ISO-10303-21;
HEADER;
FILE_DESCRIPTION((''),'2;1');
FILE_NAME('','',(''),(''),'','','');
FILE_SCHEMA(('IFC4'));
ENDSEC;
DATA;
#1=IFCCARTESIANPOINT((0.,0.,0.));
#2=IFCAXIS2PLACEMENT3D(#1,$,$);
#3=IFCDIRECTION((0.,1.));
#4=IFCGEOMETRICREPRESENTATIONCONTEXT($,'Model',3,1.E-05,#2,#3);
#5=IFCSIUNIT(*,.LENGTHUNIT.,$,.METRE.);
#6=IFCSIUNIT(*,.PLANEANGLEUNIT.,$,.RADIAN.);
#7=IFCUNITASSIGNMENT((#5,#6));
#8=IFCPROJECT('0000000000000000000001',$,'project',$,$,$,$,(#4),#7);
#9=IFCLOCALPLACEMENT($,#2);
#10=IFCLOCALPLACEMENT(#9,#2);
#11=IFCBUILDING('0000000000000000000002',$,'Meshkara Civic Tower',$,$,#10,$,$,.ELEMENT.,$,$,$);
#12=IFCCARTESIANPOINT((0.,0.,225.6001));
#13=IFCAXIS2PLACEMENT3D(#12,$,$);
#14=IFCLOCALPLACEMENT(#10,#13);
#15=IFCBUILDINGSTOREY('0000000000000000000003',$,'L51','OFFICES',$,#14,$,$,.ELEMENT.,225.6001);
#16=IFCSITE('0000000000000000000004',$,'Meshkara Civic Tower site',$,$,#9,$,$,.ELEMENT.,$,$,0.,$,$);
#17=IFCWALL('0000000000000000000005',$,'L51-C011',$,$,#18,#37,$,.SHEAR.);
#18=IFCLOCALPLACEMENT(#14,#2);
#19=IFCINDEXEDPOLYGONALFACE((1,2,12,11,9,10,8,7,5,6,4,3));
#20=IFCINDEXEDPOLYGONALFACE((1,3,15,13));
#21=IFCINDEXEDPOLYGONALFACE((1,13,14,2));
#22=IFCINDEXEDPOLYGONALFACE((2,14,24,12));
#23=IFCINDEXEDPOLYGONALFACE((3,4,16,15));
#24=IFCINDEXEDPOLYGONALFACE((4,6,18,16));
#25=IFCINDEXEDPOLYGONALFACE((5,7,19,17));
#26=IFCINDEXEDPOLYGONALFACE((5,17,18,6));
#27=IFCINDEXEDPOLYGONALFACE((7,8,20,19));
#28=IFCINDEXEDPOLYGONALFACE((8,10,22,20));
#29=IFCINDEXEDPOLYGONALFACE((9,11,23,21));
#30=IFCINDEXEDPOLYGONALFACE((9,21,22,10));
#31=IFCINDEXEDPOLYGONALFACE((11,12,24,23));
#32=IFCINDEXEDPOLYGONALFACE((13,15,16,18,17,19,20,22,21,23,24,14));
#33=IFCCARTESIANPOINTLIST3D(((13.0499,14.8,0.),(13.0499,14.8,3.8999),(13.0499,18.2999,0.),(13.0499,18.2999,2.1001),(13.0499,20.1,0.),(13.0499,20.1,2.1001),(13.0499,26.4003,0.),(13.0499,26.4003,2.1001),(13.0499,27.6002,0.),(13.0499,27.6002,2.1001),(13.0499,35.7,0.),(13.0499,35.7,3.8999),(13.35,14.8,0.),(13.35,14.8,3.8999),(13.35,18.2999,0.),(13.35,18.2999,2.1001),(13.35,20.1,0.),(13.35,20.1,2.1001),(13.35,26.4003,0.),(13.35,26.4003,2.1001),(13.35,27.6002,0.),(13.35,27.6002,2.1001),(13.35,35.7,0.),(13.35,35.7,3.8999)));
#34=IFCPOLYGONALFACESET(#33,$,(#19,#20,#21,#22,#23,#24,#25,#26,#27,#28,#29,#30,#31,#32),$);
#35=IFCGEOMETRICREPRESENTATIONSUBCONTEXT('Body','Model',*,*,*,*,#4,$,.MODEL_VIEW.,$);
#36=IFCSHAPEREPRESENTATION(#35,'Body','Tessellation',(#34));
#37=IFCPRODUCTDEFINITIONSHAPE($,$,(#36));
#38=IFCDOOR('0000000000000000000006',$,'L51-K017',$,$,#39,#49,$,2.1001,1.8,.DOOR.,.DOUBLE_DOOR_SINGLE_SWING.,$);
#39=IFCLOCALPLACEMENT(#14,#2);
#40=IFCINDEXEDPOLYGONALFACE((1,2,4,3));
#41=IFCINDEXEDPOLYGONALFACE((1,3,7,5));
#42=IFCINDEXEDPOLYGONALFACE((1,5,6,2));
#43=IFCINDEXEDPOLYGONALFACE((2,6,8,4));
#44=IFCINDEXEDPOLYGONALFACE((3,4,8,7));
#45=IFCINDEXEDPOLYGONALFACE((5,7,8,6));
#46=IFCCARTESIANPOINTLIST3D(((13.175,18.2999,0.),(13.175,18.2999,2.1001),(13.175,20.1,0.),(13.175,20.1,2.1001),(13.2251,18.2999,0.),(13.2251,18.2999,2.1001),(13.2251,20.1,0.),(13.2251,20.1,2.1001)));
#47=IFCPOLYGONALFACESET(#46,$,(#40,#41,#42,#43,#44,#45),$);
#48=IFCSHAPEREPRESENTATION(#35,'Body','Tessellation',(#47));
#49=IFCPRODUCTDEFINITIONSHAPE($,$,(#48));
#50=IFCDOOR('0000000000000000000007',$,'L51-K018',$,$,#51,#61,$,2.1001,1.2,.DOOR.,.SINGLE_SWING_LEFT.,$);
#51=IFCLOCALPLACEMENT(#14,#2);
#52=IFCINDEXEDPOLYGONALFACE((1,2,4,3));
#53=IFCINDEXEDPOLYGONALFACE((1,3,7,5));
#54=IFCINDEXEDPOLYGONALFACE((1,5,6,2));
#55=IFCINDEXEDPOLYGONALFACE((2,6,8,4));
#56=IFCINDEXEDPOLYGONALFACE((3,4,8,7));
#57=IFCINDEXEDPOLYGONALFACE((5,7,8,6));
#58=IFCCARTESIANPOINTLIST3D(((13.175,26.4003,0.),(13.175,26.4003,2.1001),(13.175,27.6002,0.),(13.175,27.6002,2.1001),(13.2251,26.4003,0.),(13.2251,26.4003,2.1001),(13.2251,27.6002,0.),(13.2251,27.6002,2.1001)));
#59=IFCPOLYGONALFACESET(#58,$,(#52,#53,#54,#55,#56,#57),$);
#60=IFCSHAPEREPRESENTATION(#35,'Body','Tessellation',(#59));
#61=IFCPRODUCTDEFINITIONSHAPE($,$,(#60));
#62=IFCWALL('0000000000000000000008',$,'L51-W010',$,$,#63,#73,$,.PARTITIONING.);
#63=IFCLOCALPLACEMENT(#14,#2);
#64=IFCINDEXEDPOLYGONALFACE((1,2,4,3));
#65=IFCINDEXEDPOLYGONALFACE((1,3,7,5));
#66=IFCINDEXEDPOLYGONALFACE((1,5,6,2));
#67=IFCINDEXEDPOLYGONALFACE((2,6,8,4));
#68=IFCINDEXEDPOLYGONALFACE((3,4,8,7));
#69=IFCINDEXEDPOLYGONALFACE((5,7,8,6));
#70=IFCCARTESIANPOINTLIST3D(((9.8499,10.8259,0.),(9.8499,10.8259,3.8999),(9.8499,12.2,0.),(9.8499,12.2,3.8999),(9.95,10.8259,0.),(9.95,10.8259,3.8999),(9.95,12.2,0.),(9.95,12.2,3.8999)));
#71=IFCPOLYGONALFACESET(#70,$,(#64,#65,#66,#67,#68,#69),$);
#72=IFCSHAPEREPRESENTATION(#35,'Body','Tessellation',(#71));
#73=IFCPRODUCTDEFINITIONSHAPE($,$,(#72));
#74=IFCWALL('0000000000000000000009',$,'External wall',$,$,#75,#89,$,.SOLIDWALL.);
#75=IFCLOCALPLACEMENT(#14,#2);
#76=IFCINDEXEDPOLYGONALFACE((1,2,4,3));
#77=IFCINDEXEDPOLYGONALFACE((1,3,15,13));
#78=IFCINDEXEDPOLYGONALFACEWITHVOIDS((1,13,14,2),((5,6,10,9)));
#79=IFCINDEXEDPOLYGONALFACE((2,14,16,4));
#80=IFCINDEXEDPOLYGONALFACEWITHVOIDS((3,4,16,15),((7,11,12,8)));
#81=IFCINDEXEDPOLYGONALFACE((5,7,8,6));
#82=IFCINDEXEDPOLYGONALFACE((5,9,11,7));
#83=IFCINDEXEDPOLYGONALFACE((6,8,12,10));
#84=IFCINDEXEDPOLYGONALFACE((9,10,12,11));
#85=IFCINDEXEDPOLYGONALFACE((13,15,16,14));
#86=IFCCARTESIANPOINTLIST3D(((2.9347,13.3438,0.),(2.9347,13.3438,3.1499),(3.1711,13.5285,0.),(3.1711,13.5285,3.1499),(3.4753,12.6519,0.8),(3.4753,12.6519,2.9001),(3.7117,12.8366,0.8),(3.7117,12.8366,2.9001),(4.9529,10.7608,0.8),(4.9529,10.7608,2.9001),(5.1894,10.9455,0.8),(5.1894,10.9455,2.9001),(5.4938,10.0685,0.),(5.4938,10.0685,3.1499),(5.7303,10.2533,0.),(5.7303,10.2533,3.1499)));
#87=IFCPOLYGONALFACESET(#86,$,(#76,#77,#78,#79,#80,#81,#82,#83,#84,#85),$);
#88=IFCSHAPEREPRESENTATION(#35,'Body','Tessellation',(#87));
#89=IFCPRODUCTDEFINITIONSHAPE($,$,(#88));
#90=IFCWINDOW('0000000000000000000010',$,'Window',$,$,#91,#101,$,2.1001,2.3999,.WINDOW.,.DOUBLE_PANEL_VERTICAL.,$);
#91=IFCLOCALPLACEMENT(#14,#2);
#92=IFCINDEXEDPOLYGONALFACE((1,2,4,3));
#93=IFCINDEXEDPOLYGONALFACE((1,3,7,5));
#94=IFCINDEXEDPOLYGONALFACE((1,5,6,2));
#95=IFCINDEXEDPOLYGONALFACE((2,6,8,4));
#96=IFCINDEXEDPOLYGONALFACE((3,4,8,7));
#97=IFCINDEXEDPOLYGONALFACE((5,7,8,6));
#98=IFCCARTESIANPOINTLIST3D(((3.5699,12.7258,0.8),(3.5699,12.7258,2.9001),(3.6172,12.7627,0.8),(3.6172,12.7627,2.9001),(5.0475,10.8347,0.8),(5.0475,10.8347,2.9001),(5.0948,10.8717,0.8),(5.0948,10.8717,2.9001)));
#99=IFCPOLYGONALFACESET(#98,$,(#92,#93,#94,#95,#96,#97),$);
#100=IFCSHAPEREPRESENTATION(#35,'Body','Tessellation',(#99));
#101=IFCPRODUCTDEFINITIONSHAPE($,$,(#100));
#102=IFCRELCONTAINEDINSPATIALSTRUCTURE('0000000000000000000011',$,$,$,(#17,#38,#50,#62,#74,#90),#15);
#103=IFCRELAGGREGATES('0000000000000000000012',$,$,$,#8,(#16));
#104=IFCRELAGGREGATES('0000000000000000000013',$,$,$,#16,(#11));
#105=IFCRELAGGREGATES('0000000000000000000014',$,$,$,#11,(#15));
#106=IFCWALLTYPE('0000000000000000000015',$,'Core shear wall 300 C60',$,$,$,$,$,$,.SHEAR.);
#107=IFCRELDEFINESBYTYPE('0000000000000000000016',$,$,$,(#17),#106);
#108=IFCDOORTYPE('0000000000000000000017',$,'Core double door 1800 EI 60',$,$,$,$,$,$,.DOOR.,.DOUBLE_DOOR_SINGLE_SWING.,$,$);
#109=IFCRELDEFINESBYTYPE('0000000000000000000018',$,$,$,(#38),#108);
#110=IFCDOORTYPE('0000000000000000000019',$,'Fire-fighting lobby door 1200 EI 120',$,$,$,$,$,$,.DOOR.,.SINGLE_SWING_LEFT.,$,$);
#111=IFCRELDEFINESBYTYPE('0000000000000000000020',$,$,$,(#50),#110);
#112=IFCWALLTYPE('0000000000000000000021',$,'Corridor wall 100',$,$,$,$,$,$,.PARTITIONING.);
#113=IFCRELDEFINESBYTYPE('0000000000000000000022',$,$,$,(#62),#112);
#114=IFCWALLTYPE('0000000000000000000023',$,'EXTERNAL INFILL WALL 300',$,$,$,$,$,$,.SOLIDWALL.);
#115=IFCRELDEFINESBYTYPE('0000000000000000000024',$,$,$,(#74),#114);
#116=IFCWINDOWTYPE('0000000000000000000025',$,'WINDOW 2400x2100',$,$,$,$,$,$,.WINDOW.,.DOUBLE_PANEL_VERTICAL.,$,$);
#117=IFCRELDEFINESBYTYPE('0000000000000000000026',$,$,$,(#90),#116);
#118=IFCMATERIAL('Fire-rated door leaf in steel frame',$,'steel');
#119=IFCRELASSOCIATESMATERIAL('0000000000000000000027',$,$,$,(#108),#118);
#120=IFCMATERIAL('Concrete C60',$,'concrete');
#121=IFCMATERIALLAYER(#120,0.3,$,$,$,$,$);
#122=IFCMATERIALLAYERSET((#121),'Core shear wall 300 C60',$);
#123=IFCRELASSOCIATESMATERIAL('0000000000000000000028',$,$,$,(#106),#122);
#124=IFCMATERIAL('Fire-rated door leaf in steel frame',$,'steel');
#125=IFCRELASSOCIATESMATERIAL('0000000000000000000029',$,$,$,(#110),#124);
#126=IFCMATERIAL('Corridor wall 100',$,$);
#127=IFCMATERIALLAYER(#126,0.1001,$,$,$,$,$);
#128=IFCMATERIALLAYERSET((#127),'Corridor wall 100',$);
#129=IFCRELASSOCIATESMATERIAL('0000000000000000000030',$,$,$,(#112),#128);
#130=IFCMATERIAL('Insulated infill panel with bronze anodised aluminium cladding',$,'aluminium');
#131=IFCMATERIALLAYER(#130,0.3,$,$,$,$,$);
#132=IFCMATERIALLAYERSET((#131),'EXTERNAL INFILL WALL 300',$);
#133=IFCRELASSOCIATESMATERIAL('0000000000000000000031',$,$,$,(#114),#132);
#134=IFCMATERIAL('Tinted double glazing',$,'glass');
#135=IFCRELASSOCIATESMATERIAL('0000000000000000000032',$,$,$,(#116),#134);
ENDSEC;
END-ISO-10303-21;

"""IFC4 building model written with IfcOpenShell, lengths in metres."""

from ifc_helpers import new_model, si_unit, direction, frame, frame_2d, origin, place, context, subcontext, project, spatial, rectangle, extrude, material, layer, layer_set, type_object, element, fill, save


model = new_model("IFC4")

# Units and contexts
model_context = context("Model", 3, precision=1e-05, world=origin(), true_north=direction((0.0, 1.0)))
body_context = subcontext(model_context, "Body", "Model", "MODEL_VIEW")
ifc_project = project(units=[si_unit("LENGTHUNIT", "METRE"), si_unit("PLANEANGLEUNIT", "RADIAN")], contexts=[model_context])

# Site, building, storey
site_placement = place(None, origin())
site = spatial("IfcSite", under=ifc_project, at=site_placement, Name="Meshkara Civic Tower site", CompositionType="ELEMENT", RefElevation=0.0)
building_placement = place(site_placement, origin())
building = spatial("IfcBuilding", under=site, at=building_placement, Name="Meshkara Civic Tower", CompositionType="ELEMENT")
storey_placement = place(building_placement, frame((0.0, 0.0, 225.6001)))
storey = spatial("IfcBuildingStorey", under=building, at=storey_placement, Name="L51", Description="OFFICES", CompositionType="ELEMENT", Elevation=225.6001)

# Shared definitions
ifc_material_1 = material(Name="Fire-rated door leaf in steel frame", Category="steel")
door_type_1 = type_object("IfcDoorType", Name="Core double door 1800 EI 60", OperationType="DOUBLE_DOOR_SINGLE_SWING", PredefinedType="DOOR", material=ifc_material_1)

# Wall, openings, doors
ifc_material_2 = material(Name="Concrete C60", Category="concrete")
ifc_layer_1 = layer(ifc_material_2, 0.3)
ifc_layer_set_1 = layer_set([ifc_layer_1], Name="Core shear wall 300 C60")
wall_type_1 = type_object("IfcWallType", Name="Core shear wall 300 C60", PredefinedType="SHEAR", material=ifc_layer_set_1)
wall_1_placement = place(storey_placement, frame((13.2, 14.8, 0.0), z_axis=(0.0, 0.0, 1.0), x_axis=(0.0, 1.0, 0.0)))
wall_1 = element("IfcWall", 1, at=wall_1_placement, inside=storey, type_object=wall_type_1, Name="L51-C011", PredefinedType="SHEAR", context=body_context, shape_type="SweptSolid", body=[
    extrude(rectangle(XDim=20.8999, YDim=0.3, at=frame_2d((10.45, 0.0))), origin(), (0.0, 0.0, 1.0), 3.8999),
])
opening_1_placement = place(wall_1_placement, frame((3.5, 0.0, 0.0)))
opening_1 = element("IfcOpeningElement", 2, at=opening_1_placement, cuts=wall_1, PredefinedType="OPENING", context=body_context, shape_type="SweptSolid", body=[
    extrude(rectangle(XDim=1.8, YDim=2.1001, at=frame_2d((0.8999, 1.05))), frame((0.0, 0.1599, 0.0), z_axis=(0.0, -1.0, 0.0), x_axis=(1.0, 0.0, 0.0)), (0.0, 0.0, 1.0), 0.3201),
])
opening_2_placement = place(wall_1_placement, frame((11.6001, 0.0, 0.0)))
opening_2 = element("IfcOpeningElement", 3, at=opening_2_placement, cuts=wall_1, PredefinedType="OPENING", context=body_context, shape_type="SweptSolid", body=[
    extrude(rectangle(XDim=1.2, YDim=2.1001, at=frame_2d((0.6001, 1.05))), frame((0.0, 0.1599, 0.0), z_axis=(0.0, -1.0, 0.0), x_axis=(1.0, 0.0, 0.0)), (0.0, 0.0, 1.0), 0.3201),
])
door_1_placement = place(opening_1_placement, origin())
door_1 = element("IfcDoor", 4, at=door_1_placement, inside=storey, type_object=door_type_1, Name="L51-K017", OperationType="DOUBLE_DOOR_SINGLE_SWING", OverallHeight=2.1001, OverallWidth=1.8, PredefinedType="DOOR", context=body_context, shape_type="SweptSolid", body=[
    extrude(rectangle(XDim=1.8, YDim=2.1001, at=frame_2d((0.8999, 1.05))), frame((0.0, 0.0249, 0.0), z_axis=(0.0, -1.0, 0.0), x_axis=(1.0, 0.0, 0.0)), (0.0, 0.0, 1.0), 0.05),
])
fill(opening_1, door_1)
ifc_material_3 = material(Name="Fire-rated door leaf in steel frame", Category="steel")
door_type_2 = type_object("IfcDoorType", Name="Fire-fighting lobby door 1200 EI 120", OperationType="SINGLE_SWING_LEFT", PredefinedType="DOOR", material=ifc_material_3)
door_2_placement = place(opening_2_placement, origin())
door_2 = element("IfcDoor", 5, at=door_2_placement, inside=storey, type_object=door_type_2, Name="L51-K018", OperationType="SINGLE_SWING_LEFT", OverallHeight=2.1001, OverallWidth=1.2, PredefinedType="DOOR", context=body_context, shape_type="SweptSolid", body=[
    extrude(rectangle(XDim=1.2, YDim=2.1001, at=frame_2d((0.6001, 1.05))), frame((0.0, 0.0249, 0.0), z_axis=(0.0, -1.0, 0.0), x_axis=(1.0, 0.0, 0.0)), (0.0, 0.0, 1.0), 0.05),
])
fill(opening_2, door_2)

# Wall
ifc_material_4 = material(Name="Corridor wall 100")
ifc_layer_2 = layer(ifc_material_4, 0.1001)
ifc_layer_set_2 = layer_set([ifc_layer_2], Name="Corridor wall 100")
wall_type_2 = type_object("IfcWallType", Name="Corridor wall 100", PredefinedType="PARTITIONING", material=ifc_layer_set_2)
wall_2_placement = place(storey_placement, frame((9.8999, 12.2, 0.0), z_axis=(0.0, 0.0, 1.0), x_axis=(0.0, -1.0, 0.0)))
element("IfcWall", 6, at=wall_2_placement, inside=storey, type_object=wall_type_2, Name="L51-W010", PredefinedType="PARTITIONING", context=body_context, shape_type="SweptSolid", body=[
    extrude(rectangle(XDim=1.374, YDim=0.1001, at=frame_2d((0.687, 0.0))), origin(), (0.0, 0.0, 1.0), 3.8999),
])

# Wall, opening, window
ifc_material_5 = material(Name="Insulated infill panel with bronze anodised aluminium cladding", Category="aluminium")
ifc_layer_3 = layer(ifc_material_5, 0.3)
ifc_layer_set_3 = layer_set([ifc_layer_3], Name="EXTERNAL INFILL WALL 300")
wall_type_3 = type_object("IfcWallType", Name="EXTERNAL INFILL WALL 300", PredefinedType="SOLIDWALL", material=ifc_layer_set_3)
wall_3_placement = place(storey_placement, frame((3.053, 13.436, 0.0), z_axis=(0.0, 0.0, 1.0), x_axis=(0.6157, -0.787981, 0.0)))
wall_3 = element("IfcWall", 7, at=wall_3_placement, inside=storey, type_object=wall_type_3, Name="External wall", PredefinedType="SOLIDWALL", context=body_context, shape_type="SweptSolid", body=[
    extrude(rectangle(XDim=4.1565, YDim=0.3, at=frame_2d((2.0781, 0.0))), origin(), (0.0, 0.0, 1.0), 3.1499),
])
opening_3_placement = place(wall_3_placement, frame((0.8779, 0.0, 0.8)))
opening_3 = element("IfcOpeningElement", 8, at=opening_3_placement, cuts=wall_3, PredefinedType="OPENING", context=body_context, shape_type="SweptSolid", body=[
    extrude(rectangle(XDim=2.3999, YDim=2.1001, at=frame_2d((1.2, 1.05))), frame((0.0, 0.1599, 0.0), z_axis=(0.0, -1.0, 0.0), x_axis=(1.0, 0.0, 0.0)), (0.0, 0.0, 1.0), 0.3201),
])
ifc_material_6 = material(Name="Tinted double glazing", Category="glass")
window_type = type_object("IfcWindowType", Name="WINDOW 2400x2100", PartitioningType="DOUBLE_PANEL_VERTICAL", PredefinedType="WINDOW", material=ifc_material_6)
window_placement = place(opening_3_placement, origin())
window = element("IfcWindow", 9, at=window_placement, inside=storey, type_object=window_type, Name="Window", OverallHeight=2.1001, OverallWidth=2.3999, PartitioningType="DOUBLE_PANEL_VERTICAL", PredefinedType="WINDOW", context=body_context, shape_type="SweptSolid", body=[
    extrude(rectangle(XDim=2.3999, YDim=2.1001, at=frame_2d((1.2, 1.05))), frame((0.0, 0.03, 0.0), z_axis=(0.0, -1.0, 0.0), x_axis=(1.0, 0.0, 0.0)), (0.0, 0.0, 1.0), 0.0601),
])
fill(opening_3, window)

save(model, "model.ifc")
